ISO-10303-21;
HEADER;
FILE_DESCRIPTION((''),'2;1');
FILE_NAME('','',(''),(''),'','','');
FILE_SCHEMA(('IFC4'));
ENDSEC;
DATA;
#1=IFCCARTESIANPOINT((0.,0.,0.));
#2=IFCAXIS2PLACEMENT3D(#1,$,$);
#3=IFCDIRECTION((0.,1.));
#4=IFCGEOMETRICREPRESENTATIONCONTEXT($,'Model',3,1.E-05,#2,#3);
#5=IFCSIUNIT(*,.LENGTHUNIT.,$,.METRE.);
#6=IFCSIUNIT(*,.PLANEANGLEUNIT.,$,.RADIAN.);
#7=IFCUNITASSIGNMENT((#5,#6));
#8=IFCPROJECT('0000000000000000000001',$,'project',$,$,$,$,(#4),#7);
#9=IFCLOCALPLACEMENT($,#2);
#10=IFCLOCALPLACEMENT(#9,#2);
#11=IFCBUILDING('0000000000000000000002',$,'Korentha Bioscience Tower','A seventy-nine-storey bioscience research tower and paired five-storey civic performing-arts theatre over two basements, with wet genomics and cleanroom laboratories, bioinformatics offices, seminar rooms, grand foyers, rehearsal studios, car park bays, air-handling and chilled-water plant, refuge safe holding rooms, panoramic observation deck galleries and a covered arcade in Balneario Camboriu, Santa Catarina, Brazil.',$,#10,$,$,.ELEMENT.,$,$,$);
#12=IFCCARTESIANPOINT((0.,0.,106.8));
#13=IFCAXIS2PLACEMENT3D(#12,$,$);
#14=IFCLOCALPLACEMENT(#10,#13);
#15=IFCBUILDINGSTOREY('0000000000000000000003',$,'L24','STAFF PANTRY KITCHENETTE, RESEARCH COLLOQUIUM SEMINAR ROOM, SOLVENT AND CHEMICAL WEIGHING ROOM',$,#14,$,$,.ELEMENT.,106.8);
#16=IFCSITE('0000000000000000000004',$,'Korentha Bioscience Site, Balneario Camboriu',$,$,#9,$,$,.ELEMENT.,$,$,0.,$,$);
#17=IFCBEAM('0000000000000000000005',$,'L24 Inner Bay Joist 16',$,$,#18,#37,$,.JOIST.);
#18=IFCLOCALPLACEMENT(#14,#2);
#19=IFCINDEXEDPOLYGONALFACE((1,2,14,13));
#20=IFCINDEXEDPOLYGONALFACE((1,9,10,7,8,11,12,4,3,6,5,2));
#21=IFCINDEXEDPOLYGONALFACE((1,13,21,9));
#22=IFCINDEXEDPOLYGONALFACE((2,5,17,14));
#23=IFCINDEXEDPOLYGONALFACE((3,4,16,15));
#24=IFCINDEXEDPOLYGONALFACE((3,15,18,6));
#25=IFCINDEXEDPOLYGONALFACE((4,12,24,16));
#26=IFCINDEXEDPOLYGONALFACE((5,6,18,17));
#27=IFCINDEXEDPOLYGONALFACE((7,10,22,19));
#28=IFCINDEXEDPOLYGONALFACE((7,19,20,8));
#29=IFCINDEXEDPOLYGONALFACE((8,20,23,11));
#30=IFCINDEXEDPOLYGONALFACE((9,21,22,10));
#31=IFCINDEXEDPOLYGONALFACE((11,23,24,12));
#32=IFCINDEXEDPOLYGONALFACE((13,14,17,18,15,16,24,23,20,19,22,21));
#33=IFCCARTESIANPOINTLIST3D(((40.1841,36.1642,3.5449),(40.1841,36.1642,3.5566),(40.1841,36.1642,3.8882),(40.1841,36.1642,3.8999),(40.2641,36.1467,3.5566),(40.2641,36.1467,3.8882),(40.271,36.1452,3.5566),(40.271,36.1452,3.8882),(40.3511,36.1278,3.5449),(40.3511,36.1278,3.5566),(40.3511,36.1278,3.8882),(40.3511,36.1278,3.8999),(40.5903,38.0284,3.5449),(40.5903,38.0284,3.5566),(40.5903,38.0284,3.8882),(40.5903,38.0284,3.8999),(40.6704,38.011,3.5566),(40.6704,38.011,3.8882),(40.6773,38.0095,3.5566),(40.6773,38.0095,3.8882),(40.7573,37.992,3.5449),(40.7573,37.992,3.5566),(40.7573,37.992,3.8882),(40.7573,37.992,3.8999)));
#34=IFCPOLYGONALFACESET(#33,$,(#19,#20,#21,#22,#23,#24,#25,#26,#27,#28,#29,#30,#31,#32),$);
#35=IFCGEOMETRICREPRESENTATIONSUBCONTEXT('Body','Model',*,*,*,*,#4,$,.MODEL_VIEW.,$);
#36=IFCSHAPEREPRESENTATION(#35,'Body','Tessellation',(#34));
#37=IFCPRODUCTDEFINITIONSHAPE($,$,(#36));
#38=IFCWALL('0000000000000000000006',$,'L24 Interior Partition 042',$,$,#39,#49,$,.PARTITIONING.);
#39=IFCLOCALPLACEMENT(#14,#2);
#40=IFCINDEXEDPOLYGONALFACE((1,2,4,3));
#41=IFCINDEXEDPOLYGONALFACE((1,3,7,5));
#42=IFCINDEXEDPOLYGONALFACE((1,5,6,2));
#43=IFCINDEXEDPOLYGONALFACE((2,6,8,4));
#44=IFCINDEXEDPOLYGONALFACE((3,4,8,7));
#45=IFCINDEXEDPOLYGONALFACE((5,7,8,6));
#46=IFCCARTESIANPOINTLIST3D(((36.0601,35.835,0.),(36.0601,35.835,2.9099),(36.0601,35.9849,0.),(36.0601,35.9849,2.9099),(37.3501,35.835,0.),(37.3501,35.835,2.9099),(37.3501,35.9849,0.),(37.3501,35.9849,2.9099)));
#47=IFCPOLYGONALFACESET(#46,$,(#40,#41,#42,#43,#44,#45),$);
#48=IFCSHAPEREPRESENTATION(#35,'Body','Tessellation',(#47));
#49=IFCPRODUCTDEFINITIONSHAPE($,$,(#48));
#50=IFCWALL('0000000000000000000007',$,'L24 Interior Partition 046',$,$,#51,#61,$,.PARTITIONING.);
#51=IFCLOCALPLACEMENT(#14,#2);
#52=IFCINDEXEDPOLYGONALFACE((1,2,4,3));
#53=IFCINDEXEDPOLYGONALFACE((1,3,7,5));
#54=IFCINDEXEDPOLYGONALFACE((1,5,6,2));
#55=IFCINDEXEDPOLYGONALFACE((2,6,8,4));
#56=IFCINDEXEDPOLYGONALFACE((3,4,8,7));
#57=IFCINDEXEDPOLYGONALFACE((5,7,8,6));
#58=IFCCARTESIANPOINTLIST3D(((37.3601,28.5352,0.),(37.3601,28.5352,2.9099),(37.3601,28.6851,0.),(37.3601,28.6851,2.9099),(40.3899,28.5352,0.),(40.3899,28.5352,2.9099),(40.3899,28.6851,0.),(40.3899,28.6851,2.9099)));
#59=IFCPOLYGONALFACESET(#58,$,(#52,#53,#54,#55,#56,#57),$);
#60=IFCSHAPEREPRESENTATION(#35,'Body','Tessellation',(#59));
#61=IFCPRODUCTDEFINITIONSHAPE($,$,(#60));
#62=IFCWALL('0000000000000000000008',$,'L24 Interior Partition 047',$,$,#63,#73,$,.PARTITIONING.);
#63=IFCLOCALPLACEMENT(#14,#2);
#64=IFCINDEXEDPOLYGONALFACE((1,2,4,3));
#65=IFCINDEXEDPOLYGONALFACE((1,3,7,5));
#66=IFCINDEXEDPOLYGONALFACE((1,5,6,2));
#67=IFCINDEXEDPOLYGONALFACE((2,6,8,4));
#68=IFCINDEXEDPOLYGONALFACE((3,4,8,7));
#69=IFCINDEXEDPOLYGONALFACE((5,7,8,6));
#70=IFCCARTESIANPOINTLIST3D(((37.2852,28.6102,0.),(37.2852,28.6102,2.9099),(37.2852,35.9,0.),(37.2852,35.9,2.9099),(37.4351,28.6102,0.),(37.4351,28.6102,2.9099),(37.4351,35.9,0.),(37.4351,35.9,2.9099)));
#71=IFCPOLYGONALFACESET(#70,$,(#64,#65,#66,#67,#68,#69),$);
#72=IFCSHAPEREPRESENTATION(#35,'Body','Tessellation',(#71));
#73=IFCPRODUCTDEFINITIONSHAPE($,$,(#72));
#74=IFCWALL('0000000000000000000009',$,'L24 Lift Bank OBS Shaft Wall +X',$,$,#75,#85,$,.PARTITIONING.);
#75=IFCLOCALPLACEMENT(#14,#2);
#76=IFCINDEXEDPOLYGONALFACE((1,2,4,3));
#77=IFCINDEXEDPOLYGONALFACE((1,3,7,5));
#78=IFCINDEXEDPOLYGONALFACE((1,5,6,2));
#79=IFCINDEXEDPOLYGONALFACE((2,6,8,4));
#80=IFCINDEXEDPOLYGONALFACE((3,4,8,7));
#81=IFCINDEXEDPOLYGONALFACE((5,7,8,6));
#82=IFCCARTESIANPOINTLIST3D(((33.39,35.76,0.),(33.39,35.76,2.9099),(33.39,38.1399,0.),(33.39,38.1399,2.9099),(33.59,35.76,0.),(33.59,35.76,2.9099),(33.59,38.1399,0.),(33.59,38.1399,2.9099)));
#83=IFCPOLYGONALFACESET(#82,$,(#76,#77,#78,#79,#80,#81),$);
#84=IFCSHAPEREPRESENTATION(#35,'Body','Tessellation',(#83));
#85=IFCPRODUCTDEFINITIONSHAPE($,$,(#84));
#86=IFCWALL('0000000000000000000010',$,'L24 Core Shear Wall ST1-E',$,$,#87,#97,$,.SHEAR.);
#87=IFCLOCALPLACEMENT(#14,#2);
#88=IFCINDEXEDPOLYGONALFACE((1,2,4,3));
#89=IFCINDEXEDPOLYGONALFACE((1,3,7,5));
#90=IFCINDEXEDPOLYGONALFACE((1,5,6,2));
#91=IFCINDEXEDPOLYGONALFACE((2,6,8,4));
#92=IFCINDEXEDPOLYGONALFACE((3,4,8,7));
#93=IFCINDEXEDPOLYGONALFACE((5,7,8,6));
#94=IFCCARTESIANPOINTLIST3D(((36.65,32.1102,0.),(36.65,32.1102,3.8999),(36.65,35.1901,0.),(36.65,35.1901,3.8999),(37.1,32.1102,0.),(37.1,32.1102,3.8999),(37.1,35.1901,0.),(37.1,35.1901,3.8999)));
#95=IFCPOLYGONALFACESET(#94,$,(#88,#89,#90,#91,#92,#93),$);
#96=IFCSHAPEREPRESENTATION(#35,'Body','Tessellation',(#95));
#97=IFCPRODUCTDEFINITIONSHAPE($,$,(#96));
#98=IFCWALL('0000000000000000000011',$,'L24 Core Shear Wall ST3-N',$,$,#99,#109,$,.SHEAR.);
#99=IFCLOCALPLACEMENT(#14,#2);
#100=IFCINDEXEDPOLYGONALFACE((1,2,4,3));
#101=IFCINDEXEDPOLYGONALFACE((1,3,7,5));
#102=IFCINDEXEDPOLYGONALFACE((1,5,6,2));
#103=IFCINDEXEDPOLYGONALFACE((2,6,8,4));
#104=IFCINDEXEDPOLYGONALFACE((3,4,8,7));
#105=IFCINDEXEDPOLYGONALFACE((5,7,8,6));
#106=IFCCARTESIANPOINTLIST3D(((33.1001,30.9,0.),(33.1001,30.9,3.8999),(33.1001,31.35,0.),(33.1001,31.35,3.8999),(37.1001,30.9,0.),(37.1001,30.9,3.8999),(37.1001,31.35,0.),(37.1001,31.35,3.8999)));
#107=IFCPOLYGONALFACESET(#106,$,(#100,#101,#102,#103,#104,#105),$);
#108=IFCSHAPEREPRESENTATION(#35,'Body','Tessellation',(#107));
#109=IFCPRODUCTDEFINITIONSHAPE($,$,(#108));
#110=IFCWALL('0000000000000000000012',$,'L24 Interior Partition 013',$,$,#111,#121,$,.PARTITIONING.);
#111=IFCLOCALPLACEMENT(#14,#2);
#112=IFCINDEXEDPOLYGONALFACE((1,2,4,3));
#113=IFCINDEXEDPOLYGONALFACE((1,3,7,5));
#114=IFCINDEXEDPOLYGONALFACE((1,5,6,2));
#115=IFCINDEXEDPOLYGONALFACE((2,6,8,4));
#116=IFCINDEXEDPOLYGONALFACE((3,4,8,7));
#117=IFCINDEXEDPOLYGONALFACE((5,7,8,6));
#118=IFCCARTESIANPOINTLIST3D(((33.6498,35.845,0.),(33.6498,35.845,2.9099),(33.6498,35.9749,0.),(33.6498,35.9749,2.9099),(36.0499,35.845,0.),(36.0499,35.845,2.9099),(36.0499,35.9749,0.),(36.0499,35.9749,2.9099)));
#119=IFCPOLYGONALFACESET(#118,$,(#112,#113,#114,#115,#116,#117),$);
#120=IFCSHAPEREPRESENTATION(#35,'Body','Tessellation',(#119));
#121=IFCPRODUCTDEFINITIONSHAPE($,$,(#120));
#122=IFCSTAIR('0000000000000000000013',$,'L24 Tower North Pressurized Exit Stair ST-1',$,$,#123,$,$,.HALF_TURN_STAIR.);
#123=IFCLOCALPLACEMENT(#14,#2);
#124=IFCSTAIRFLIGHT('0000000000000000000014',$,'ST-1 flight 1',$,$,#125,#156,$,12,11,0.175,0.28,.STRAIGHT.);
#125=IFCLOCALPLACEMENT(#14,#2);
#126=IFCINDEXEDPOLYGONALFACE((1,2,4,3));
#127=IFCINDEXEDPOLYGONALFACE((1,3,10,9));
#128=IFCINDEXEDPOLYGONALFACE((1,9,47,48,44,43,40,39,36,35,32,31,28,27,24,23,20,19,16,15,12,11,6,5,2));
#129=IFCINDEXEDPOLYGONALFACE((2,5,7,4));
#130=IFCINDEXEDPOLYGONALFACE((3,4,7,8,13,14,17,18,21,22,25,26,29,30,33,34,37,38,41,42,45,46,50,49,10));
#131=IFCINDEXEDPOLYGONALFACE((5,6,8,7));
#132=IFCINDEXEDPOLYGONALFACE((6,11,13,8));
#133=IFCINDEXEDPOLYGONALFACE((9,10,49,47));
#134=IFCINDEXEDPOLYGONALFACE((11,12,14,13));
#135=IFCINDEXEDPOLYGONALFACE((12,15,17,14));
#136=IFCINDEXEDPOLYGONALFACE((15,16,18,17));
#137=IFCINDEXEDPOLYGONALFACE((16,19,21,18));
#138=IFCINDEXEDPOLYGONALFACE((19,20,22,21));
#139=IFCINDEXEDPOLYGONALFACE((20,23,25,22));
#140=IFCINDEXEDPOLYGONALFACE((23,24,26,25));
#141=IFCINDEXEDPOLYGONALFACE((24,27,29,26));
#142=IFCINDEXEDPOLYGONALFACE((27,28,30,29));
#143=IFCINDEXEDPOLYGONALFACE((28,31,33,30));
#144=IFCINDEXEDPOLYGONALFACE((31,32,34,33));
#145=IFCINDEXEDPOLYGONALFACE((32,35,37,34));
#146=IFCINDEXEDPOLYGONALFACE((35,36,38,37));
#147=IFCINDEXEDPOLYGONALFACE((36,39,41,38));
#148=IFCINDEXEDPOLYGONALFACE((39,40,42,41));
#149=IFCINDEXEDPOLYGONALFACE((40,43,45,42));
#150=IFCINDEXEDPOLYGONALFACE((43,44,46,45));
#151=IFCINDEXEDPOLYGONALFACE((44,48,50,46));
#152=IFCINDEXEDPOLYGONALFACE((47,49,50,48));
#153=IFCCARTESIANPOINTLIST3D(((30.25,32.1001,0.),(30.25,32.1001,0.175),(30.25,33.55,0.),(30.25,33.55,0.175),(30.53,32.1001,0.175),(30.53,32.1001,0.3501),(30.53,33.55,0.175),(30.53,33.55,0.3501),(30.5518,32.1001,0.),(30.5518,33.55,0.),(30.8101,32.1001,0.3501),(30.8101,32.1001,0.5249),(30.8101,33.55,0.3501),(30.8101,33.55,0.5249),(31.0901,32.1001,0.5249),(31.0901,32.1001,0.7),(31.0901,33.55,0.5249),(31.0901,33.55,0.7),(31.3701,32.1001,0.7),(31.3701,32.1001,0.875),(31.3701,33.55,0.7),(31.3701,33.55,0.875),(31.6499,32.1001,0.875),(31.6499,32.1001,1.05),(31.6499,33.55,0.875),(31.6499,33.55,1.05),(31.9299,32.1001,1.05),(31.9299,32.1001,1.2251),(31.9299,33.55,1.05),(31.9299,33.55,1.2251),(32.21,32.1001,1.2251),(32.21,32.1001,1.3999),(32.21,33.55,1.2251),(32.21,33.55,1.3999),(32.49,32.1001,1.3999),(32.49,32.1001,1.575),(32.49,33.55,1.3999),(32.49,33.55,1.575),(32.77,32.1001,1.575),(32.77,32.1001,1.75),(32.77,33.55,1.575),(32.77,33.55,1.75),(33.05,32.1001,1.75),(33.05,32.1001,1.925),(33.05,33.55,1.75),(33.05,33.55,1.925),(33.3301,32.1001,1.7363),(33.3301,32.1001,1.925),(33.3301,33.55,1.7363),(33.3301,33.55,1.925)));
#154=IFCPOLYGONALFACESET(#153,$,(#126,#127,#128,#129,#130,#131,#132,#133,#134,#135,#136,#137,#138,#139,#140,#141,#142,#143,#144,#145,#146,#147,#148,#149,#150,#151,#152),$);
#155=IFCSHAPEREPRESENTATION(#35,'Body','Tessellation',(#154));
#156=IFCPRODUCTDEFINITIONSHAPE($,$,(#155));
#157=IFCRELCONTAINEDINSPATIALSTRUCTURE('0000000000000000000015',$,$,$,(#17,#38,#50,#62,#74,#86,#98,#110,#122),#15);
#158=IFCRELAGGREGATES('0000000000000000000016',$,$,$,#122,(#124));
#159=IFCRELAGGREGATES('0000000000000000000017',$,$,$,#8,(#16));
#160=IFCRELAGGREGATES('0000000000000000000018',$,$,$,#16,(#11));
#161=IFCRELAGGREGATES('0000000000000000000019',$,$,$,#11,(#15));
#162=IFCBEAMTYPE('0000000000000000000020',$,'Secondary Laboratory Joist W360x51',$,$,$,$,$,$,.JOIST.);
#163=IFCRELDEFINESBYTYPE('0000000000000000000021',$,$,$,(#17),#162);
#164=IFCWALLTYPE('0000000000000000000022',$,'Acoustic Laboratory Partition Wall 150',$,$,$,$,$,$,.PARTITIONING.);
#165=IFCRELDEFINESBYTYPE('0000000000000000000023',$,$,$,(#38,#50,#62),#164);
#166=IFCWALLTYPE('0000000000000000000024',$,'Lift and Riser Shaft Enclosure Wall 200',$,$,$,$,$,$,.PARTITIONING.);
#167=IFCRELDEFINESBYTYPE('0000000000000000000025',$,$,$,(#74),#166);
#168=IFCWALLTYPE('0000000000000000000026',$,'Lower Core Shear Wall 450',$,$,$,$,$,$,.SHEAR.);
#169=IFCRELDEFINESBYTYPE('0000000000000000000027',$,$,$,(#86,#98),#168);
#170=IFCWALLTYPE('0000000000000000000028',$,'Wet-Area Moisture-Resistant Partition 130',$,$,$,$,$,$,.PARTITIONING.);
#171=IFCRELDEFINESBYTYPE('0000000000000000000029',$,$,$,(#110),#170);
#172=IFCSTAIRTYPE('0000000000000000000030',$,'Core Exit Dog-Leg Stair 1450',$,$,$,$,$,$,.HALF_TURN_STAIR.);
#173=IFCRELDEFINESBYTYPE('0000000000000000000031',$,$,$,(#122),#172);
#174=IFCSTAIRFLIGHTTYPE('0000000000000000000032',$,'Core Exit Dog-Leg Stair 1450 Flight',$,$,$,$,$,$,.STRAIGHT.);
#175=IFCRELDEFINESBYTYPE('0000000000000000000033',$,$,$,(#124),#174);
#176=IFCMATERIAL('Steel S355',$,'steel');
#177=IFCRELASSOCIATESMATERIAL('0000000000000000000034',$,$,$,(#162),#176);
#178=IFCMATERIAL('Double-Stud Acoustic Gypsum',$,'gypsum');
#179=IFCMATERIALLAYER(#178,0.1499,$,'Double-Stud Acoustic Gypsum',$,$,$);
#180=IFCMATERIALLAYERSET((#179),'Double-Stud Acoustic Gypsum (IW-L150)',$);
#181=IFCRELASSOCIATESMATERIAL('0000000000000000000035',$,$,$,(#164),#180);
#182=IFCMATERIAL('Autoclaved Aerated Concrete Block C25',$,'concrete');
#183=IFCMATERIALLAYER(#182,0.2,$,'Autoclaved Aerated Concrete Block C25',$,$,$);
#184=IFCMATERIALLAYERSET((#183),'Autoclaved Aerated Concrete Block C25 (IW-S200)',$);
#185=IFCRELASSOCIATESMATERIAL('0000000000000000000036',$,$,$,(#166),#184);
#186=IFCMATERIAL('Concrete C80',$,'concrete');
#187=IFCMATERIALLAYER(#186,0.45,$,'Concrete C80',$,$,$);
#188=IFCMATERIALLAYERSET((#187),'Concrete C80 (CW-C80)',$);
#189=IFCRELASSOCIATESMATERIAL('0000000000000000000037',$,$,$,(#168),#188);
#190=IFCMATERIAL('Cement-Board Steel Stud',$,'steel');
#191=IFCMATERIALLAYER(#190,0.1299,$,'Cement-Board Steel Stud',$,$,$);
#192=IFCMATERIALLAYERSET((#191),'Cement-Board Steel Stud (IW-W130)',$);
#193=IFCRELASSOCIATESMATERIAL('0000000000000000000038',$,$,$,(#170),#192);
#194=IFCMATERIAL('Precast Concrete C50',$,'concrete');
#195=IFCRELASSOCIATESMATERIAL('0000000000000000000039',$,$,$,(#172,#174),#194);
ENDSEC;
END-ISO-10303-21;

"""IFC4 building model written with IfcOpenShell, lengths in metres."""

from ifc_helpers import new_model, si_unit, direction, frame, frame_2d, origin, origin_2d, place, context, subcontext, project, spatial, polyline, rectangle, i_section, outline, extrude, material, layer, layer_set, material_profile, profile_set, type_object, element, aggregate, save


model = new_model("IFC4")

# Units and contexts
model_context = context("Model", 3, precision=1e-05, world=origin(), true_north=direction((0.0, 1.0)))
body_context = subcontext(model_context, "Body", "Model", "MODEL_VIEW")
ifc_project = project(units=[si_unit("LENGTHUNIT", "METRE"), si_unit("PLANEANGLEUNIT", "RADIAN")], contexts=[model_context])

# Site, building, storey
site_placement = place(None, origin())
site = spatial("IfcSite", under=ifc_project, at=site_placement, Name="Korentha Bioscience Site, Balneario Camboriu", CompositionType="ELEMENT", RefElevation=0.0)
building_placement = place(site_placement, origin())
building = spatial("IfcBuilding", under=site, at=building_placement, Name="Korentha Bioscience Tower", Description="A seventy-nine-storey bioscience research tower and paired five-storey civic performing-arts theatre over two basements, with wet genomics and cleanroom laboratories, bioinformatics offices, seminar rooms, grand foyers, rehearsal studios, car park bays, air-handling and chilled-water plant, refuge safe holding rooms, panoramic observation deck galleries and a covered arcade in Balneario Camboriu, Santa Catarina, Brazil.", CompositionType="ELEMENT")
storey_placement = place(building_placement, frame((0.0, 0.0, 106.8)))
storey = spatial("IfcBuildingStorey", under=building, at=storey_placement, Name="L24", Description="STAFF PANTRY KITCHENETTE, RESEARCH COLLOQUIUM SEMINAR ROOM, SOLVENT AND CHEMICAL WEIGHING ROOM", CompositionType="ELEMENT", Elevation=106.8)

# Shared definitions
ifc_material_1 = material(Name="Concrete C80", Category="concrete")

# Beam
ifc_material_2 = material(Name="Steel S355", Category="steel")
ifc_material_profile_1 = material_profile(ifc_material_2, i_section(OverallWidth=0.1709, OverallDepth=0.355, WebThickness=0.0071, FlangeThickness=0.0117, at=origin_2d()), Name="Steel S355")
ifc_profile_set_1 = profile_set([ifc_material_profile_1], Name="Steel S355 (JB-360)")
beam_type_1 = type_object("IfcBeamType", Name="Secondary Laboratory Joist W360x51", PredefinedType="JOIST", material=ifc_profile_set_1)
beam_1_placement = place(storey_placement, frame((40.2676, 36.146, 3.7224), z_axis=(0.212918, 0.97707, 0.0), x_axis=(-0.97707, 0.212918, 0.0)))
element("IfcBeam", 1, at=beam_1_placement, inside=storey, type_object=beam_type_1, Name="L24 Inner Bay Joist 16", PredefinedType="JOIST", context=body_context, shape_type="SweptSolid", body=[
    extrude(i_section(OverallWidth=0.1709, OverallDepth=0.355, WebThickness=0.0071, FlangeThickness=0.0117, at=origin_2d()), origin(), (0.0, 0.0, 1.0), 1.908),
])

# Walls
ifc_material_3 = material(Name="Double-Stud Acoustic Gypsum", Category="gypsum")
ifc_layer_1 = layer(ifc_material_3, 0.1499, Name="Double-Stud Acoustic Gypsum")
ifc_layer_set_1 = layer_set([ifc_layer_1], Name="Double-Stud Acoustic Gypsum (IW-L150)")
wall_type_1 = type_object("IfcWallType", Name="Acoustic Laboratory Partition Wall 150", PredefinedType="PARTITIONING", material=ifc_layer_set_1)
wall_1_placement = place(storey_placement, frame((37.3501, 35.9099, 0.0), z_axis=(0.0, 0.0, 1.0), x_axis=(-1.0, 0.0, 0.0)))
element("IfcWall", 2, at=wall_1_placement, inside=storey, type_object=wall_type_1, Name="L24 Interior Partition 042", PredefinedType="PARTITIONING", context=body_context, shape_type="SweptSolid", body=[
    extrude(rectangle(XDim=1.29, YDim=0.1499, at=frame_2d((0.645, 0.0))), origin(), (0.0, 0.0, 1.0), 2.9099),
])
wall_2_placement = place(storey_placement, frame((40.3899, 28.6101, 0.0), z_axis=(0.0, 0.0, 1.0), x_axis=(-1.0, 0.0, 0.0)))
element("IfcWall", 3, at=wall_2_placement, inside=storey, type_object=wall_type_1, Name="L24 Interior Partition 046", PredefinedType="PARTITIONING", context=body_context, shape_type="SweptSolid", body=[
    extrude(rectangle(XDim=3.0298, YDim=0.1499, at=frame_2d((1.5149, 0.0))), origin(), (0.0, 0.0, 1.0), 2.9099),
])
wall_3_placement = place(storey_placement, frame((37.3601, 28.6101, 0.0), z_axis=(0.0, 0.0, 1.0), x_axis=(0.0, 1.0, 0.0)))
element("IfcWall", 4, at=wall_3_placement, inside=storey, type_object=wall_type_1, Name="L24 Interior Partition 047", PredefinedType="PARTITIONING", context=body_context, shape_type="SweptSolid", body=[
    extrude(rectangle(XDim=7.2898, YDim=0.1499, at=frame_2d((3.645, 0.0))), origin(), (0.0, 0.0, 1.0), 2.9099),
])
ifc_material_4 = material(Name="Autoclaved Aerated Concrete Block C25", Category="concrete")
ifc_layer_2 = layer(ifc_material_4, 0.2, Name="Autoclaved Aerated Concrete Block C25")
ifc_layer_set_2 = layer_set([ifc_layer_2], Name="Autoclaved Aerated Concrete Block C25 (IW-S200)")
wall_type_2 = type_object("IfcWallType", Name="Lift and Riser Shaft Enclosure Wall 200", PredefinedType="PARTITIONING", material=ifc_layer_set_2)
wall_4_placement = place(storey_placement, frame((33.49, 35.76, 0.0), z_axis=(0.0, 0.0, 1.0), x_axis=(0.0, 1.0, 0.0)))
element("IfcWall", 5, at=wall_4_placement, inside=storey, type_object=wall_type_2, Name="L24 Lift Bank OBS Shaft Wall +X", PredefinedType="PARTITIONING", context=body_context, shape_type="SweptSolid", body=[
    extrude(rectangle(XDim=2.3799, YDim=0.2, at=frame_2d((1.1899, 0.0))), origin(), (0.0, 0.0, 1.0), 2.9099),
])
ifc_layer_3 = layer(ifc_material_1, 0.45, Name="Concrete C80")
ifc_layer_set_3 = layer_set([ifc_layer_3], Name="Concrete C80 (CW-C80)")
wall_type_3 = type_object("IfcWallType", Name="Lower Core Shear Wall 450", PredefinedType="SHEAR", material=ifc_layer_set_3)
wall_5_placement = place(storey_placement, frame((36.875, 32.1101, 0.0), z_axis=(0.0, 0.0, 1.0), x_axis=(0.0, 1.0, 0.0)))
element("IfcWall", 6, at=wall_5_placement, inside=storey, type_object=wall_type_3, Name="L24 Core Shear Wall ST1-E", PredefinedType="SHEAR", context=body_context, shape_type="SweptSolid", body=[
    extrude(rectangle(XDim=3.0798, YDim=0.45, at=frame_2d((1.54, 0.0))), origin(), (0.0, 0.0, 1.0), 3.8999),
])
wall_6_placement = place(storey_placement, frame((33.1001, 31.125, 0.0), z_axis=(0.0, 0.0, 1.0), x_axis=(1.0, 0.0, 0.0)))
element("IfcWall", 7, at=wall_6_placement, inside=storey, type_object=wall_type_3, Name="L24 Core Shear Wall ST3-N", PredefinedType="SHEAR", context=body_context, shape_type="SweptSolid", body=[
    extrude(rectangle(XDim=4.0, YDim=0.45, at=frame_2d((2.0, 0.0))), origin(), (0.0, 0.0, 1.0), 3.8999),
])
ifc_material_5 = material(Name="Cement-Board Steel Stud", Category="steel")
ifc_layer_4 = layer(ifc_material_5, 0.1299, Name="Cement-Board Steel Stud")
ifc_layer_set_4 = layer_set([ifc_layer_4], Name="Cement-Board Steel Stud (IW-W130)")
wall_type_4 = type_object("IfcWallType", Name="Wet-Area Moisture-Resistant Partition 130", PredefinedType="PARTITIONING", material=ifc_layer_set_4)
wall_7_placement = place(storey_placement, frame((36.05, 35.9099, 0.0), z_axis=(0.0, 0.0, 1.0), x_axis=(-1.0, 0.0, 0.0)))
element("IfcWall", 8, at=wall_7_placement, inside=storey, type_object=wall_type_4, Name="L24 Interior Partition 013", PredefinedType="PARTITIONING", context=body_context, shape_type="SweptSolid", body=[
    extrude(rectangle(XDim=2.4001, YDim=0.1299, at=frame_2d((1.2002, 0.0))), origin(), (0.0, 0.0, 1.0), 2.9099),
])

# Stair, stair flight
ifc_material_6 = material(Name="Precast Concrete C50", Category="concrete")
stair_type = type_object("IfcStairType", Name="Core Exit Dog-Leg Stair 1450", PredefinedType="HALF_TURN_STAIR", material=ifc_material_6)
stair_placement = place(storey_placement, origin())
stair = element("IfcStair", 9, at=stair_placement, inside=storey, type_object=stair_type, Name="L24 Tower North Pressurized Exit Stair ST-1", PredefinedType="HALF_TURN_STAIR")
stair_flight_type = type_object("IfcStairFlightType", Name="Core Exit Dog-Leg Stair 1450 Flight", PredefinedType="STRAIGHT", material=ifc_material_6)
stair_flight_1_placement = place(storey_placement, frame((30.25, 32.825, 0.0), z_axis=(0.0, 0.0, 1.0), x_axis=(1.0, 0.0, 0.0)))
stair_flight_1 = element("IfcStairFlight", 10, at=stair_flight_1_placement, type_object=stair_flight_type, Name="ST-1 flight 1", NumberOfRisers=12, NumberOfTreads=11, PredefinedType="STRAIGHT", RiserHeight=0.175, TreadLength=0.28, context=body_context, shape_type="SweptSolid", body=[
    extrude(outline(polyline([(0.0, 0.0), (0.0, 0.175), (0.28, 0.175), (0.28, 0.3501), (0.5601, 0.3501), (0.5601, 0.5249), (0.8401, 0.5249), (0.8401, 0.7), (1.1201, 0.7), (1.1201, 0.875), (1.3999, 0.875), (1.3999, 1.05), (1.6799, 1.05), (1.6799, 1.2251), (1.96, 1.2251), (1.96, 1.3999), (2.24, 1.3999), (2.24, 1.575), (2.52, 1.575), (2.52, 1.75), (2.8, 1.75), (2.8, 1.925), (3.0801, 1.925), (3.0801, 2.1001), (3.0801, 1.7363), (0.3018, 0.0), (0.0, 0.0)])), frame((0.0, 0.7251, 0.0), z_axis=(0.0, -1.0, 0.0), x_axis=(1.0, 0.0, 0.0)), (0.0, 0.0, 1.0), 1.45),
])
aggregate(stair, [stair_flight_1])

save(model, "model.ifc")
